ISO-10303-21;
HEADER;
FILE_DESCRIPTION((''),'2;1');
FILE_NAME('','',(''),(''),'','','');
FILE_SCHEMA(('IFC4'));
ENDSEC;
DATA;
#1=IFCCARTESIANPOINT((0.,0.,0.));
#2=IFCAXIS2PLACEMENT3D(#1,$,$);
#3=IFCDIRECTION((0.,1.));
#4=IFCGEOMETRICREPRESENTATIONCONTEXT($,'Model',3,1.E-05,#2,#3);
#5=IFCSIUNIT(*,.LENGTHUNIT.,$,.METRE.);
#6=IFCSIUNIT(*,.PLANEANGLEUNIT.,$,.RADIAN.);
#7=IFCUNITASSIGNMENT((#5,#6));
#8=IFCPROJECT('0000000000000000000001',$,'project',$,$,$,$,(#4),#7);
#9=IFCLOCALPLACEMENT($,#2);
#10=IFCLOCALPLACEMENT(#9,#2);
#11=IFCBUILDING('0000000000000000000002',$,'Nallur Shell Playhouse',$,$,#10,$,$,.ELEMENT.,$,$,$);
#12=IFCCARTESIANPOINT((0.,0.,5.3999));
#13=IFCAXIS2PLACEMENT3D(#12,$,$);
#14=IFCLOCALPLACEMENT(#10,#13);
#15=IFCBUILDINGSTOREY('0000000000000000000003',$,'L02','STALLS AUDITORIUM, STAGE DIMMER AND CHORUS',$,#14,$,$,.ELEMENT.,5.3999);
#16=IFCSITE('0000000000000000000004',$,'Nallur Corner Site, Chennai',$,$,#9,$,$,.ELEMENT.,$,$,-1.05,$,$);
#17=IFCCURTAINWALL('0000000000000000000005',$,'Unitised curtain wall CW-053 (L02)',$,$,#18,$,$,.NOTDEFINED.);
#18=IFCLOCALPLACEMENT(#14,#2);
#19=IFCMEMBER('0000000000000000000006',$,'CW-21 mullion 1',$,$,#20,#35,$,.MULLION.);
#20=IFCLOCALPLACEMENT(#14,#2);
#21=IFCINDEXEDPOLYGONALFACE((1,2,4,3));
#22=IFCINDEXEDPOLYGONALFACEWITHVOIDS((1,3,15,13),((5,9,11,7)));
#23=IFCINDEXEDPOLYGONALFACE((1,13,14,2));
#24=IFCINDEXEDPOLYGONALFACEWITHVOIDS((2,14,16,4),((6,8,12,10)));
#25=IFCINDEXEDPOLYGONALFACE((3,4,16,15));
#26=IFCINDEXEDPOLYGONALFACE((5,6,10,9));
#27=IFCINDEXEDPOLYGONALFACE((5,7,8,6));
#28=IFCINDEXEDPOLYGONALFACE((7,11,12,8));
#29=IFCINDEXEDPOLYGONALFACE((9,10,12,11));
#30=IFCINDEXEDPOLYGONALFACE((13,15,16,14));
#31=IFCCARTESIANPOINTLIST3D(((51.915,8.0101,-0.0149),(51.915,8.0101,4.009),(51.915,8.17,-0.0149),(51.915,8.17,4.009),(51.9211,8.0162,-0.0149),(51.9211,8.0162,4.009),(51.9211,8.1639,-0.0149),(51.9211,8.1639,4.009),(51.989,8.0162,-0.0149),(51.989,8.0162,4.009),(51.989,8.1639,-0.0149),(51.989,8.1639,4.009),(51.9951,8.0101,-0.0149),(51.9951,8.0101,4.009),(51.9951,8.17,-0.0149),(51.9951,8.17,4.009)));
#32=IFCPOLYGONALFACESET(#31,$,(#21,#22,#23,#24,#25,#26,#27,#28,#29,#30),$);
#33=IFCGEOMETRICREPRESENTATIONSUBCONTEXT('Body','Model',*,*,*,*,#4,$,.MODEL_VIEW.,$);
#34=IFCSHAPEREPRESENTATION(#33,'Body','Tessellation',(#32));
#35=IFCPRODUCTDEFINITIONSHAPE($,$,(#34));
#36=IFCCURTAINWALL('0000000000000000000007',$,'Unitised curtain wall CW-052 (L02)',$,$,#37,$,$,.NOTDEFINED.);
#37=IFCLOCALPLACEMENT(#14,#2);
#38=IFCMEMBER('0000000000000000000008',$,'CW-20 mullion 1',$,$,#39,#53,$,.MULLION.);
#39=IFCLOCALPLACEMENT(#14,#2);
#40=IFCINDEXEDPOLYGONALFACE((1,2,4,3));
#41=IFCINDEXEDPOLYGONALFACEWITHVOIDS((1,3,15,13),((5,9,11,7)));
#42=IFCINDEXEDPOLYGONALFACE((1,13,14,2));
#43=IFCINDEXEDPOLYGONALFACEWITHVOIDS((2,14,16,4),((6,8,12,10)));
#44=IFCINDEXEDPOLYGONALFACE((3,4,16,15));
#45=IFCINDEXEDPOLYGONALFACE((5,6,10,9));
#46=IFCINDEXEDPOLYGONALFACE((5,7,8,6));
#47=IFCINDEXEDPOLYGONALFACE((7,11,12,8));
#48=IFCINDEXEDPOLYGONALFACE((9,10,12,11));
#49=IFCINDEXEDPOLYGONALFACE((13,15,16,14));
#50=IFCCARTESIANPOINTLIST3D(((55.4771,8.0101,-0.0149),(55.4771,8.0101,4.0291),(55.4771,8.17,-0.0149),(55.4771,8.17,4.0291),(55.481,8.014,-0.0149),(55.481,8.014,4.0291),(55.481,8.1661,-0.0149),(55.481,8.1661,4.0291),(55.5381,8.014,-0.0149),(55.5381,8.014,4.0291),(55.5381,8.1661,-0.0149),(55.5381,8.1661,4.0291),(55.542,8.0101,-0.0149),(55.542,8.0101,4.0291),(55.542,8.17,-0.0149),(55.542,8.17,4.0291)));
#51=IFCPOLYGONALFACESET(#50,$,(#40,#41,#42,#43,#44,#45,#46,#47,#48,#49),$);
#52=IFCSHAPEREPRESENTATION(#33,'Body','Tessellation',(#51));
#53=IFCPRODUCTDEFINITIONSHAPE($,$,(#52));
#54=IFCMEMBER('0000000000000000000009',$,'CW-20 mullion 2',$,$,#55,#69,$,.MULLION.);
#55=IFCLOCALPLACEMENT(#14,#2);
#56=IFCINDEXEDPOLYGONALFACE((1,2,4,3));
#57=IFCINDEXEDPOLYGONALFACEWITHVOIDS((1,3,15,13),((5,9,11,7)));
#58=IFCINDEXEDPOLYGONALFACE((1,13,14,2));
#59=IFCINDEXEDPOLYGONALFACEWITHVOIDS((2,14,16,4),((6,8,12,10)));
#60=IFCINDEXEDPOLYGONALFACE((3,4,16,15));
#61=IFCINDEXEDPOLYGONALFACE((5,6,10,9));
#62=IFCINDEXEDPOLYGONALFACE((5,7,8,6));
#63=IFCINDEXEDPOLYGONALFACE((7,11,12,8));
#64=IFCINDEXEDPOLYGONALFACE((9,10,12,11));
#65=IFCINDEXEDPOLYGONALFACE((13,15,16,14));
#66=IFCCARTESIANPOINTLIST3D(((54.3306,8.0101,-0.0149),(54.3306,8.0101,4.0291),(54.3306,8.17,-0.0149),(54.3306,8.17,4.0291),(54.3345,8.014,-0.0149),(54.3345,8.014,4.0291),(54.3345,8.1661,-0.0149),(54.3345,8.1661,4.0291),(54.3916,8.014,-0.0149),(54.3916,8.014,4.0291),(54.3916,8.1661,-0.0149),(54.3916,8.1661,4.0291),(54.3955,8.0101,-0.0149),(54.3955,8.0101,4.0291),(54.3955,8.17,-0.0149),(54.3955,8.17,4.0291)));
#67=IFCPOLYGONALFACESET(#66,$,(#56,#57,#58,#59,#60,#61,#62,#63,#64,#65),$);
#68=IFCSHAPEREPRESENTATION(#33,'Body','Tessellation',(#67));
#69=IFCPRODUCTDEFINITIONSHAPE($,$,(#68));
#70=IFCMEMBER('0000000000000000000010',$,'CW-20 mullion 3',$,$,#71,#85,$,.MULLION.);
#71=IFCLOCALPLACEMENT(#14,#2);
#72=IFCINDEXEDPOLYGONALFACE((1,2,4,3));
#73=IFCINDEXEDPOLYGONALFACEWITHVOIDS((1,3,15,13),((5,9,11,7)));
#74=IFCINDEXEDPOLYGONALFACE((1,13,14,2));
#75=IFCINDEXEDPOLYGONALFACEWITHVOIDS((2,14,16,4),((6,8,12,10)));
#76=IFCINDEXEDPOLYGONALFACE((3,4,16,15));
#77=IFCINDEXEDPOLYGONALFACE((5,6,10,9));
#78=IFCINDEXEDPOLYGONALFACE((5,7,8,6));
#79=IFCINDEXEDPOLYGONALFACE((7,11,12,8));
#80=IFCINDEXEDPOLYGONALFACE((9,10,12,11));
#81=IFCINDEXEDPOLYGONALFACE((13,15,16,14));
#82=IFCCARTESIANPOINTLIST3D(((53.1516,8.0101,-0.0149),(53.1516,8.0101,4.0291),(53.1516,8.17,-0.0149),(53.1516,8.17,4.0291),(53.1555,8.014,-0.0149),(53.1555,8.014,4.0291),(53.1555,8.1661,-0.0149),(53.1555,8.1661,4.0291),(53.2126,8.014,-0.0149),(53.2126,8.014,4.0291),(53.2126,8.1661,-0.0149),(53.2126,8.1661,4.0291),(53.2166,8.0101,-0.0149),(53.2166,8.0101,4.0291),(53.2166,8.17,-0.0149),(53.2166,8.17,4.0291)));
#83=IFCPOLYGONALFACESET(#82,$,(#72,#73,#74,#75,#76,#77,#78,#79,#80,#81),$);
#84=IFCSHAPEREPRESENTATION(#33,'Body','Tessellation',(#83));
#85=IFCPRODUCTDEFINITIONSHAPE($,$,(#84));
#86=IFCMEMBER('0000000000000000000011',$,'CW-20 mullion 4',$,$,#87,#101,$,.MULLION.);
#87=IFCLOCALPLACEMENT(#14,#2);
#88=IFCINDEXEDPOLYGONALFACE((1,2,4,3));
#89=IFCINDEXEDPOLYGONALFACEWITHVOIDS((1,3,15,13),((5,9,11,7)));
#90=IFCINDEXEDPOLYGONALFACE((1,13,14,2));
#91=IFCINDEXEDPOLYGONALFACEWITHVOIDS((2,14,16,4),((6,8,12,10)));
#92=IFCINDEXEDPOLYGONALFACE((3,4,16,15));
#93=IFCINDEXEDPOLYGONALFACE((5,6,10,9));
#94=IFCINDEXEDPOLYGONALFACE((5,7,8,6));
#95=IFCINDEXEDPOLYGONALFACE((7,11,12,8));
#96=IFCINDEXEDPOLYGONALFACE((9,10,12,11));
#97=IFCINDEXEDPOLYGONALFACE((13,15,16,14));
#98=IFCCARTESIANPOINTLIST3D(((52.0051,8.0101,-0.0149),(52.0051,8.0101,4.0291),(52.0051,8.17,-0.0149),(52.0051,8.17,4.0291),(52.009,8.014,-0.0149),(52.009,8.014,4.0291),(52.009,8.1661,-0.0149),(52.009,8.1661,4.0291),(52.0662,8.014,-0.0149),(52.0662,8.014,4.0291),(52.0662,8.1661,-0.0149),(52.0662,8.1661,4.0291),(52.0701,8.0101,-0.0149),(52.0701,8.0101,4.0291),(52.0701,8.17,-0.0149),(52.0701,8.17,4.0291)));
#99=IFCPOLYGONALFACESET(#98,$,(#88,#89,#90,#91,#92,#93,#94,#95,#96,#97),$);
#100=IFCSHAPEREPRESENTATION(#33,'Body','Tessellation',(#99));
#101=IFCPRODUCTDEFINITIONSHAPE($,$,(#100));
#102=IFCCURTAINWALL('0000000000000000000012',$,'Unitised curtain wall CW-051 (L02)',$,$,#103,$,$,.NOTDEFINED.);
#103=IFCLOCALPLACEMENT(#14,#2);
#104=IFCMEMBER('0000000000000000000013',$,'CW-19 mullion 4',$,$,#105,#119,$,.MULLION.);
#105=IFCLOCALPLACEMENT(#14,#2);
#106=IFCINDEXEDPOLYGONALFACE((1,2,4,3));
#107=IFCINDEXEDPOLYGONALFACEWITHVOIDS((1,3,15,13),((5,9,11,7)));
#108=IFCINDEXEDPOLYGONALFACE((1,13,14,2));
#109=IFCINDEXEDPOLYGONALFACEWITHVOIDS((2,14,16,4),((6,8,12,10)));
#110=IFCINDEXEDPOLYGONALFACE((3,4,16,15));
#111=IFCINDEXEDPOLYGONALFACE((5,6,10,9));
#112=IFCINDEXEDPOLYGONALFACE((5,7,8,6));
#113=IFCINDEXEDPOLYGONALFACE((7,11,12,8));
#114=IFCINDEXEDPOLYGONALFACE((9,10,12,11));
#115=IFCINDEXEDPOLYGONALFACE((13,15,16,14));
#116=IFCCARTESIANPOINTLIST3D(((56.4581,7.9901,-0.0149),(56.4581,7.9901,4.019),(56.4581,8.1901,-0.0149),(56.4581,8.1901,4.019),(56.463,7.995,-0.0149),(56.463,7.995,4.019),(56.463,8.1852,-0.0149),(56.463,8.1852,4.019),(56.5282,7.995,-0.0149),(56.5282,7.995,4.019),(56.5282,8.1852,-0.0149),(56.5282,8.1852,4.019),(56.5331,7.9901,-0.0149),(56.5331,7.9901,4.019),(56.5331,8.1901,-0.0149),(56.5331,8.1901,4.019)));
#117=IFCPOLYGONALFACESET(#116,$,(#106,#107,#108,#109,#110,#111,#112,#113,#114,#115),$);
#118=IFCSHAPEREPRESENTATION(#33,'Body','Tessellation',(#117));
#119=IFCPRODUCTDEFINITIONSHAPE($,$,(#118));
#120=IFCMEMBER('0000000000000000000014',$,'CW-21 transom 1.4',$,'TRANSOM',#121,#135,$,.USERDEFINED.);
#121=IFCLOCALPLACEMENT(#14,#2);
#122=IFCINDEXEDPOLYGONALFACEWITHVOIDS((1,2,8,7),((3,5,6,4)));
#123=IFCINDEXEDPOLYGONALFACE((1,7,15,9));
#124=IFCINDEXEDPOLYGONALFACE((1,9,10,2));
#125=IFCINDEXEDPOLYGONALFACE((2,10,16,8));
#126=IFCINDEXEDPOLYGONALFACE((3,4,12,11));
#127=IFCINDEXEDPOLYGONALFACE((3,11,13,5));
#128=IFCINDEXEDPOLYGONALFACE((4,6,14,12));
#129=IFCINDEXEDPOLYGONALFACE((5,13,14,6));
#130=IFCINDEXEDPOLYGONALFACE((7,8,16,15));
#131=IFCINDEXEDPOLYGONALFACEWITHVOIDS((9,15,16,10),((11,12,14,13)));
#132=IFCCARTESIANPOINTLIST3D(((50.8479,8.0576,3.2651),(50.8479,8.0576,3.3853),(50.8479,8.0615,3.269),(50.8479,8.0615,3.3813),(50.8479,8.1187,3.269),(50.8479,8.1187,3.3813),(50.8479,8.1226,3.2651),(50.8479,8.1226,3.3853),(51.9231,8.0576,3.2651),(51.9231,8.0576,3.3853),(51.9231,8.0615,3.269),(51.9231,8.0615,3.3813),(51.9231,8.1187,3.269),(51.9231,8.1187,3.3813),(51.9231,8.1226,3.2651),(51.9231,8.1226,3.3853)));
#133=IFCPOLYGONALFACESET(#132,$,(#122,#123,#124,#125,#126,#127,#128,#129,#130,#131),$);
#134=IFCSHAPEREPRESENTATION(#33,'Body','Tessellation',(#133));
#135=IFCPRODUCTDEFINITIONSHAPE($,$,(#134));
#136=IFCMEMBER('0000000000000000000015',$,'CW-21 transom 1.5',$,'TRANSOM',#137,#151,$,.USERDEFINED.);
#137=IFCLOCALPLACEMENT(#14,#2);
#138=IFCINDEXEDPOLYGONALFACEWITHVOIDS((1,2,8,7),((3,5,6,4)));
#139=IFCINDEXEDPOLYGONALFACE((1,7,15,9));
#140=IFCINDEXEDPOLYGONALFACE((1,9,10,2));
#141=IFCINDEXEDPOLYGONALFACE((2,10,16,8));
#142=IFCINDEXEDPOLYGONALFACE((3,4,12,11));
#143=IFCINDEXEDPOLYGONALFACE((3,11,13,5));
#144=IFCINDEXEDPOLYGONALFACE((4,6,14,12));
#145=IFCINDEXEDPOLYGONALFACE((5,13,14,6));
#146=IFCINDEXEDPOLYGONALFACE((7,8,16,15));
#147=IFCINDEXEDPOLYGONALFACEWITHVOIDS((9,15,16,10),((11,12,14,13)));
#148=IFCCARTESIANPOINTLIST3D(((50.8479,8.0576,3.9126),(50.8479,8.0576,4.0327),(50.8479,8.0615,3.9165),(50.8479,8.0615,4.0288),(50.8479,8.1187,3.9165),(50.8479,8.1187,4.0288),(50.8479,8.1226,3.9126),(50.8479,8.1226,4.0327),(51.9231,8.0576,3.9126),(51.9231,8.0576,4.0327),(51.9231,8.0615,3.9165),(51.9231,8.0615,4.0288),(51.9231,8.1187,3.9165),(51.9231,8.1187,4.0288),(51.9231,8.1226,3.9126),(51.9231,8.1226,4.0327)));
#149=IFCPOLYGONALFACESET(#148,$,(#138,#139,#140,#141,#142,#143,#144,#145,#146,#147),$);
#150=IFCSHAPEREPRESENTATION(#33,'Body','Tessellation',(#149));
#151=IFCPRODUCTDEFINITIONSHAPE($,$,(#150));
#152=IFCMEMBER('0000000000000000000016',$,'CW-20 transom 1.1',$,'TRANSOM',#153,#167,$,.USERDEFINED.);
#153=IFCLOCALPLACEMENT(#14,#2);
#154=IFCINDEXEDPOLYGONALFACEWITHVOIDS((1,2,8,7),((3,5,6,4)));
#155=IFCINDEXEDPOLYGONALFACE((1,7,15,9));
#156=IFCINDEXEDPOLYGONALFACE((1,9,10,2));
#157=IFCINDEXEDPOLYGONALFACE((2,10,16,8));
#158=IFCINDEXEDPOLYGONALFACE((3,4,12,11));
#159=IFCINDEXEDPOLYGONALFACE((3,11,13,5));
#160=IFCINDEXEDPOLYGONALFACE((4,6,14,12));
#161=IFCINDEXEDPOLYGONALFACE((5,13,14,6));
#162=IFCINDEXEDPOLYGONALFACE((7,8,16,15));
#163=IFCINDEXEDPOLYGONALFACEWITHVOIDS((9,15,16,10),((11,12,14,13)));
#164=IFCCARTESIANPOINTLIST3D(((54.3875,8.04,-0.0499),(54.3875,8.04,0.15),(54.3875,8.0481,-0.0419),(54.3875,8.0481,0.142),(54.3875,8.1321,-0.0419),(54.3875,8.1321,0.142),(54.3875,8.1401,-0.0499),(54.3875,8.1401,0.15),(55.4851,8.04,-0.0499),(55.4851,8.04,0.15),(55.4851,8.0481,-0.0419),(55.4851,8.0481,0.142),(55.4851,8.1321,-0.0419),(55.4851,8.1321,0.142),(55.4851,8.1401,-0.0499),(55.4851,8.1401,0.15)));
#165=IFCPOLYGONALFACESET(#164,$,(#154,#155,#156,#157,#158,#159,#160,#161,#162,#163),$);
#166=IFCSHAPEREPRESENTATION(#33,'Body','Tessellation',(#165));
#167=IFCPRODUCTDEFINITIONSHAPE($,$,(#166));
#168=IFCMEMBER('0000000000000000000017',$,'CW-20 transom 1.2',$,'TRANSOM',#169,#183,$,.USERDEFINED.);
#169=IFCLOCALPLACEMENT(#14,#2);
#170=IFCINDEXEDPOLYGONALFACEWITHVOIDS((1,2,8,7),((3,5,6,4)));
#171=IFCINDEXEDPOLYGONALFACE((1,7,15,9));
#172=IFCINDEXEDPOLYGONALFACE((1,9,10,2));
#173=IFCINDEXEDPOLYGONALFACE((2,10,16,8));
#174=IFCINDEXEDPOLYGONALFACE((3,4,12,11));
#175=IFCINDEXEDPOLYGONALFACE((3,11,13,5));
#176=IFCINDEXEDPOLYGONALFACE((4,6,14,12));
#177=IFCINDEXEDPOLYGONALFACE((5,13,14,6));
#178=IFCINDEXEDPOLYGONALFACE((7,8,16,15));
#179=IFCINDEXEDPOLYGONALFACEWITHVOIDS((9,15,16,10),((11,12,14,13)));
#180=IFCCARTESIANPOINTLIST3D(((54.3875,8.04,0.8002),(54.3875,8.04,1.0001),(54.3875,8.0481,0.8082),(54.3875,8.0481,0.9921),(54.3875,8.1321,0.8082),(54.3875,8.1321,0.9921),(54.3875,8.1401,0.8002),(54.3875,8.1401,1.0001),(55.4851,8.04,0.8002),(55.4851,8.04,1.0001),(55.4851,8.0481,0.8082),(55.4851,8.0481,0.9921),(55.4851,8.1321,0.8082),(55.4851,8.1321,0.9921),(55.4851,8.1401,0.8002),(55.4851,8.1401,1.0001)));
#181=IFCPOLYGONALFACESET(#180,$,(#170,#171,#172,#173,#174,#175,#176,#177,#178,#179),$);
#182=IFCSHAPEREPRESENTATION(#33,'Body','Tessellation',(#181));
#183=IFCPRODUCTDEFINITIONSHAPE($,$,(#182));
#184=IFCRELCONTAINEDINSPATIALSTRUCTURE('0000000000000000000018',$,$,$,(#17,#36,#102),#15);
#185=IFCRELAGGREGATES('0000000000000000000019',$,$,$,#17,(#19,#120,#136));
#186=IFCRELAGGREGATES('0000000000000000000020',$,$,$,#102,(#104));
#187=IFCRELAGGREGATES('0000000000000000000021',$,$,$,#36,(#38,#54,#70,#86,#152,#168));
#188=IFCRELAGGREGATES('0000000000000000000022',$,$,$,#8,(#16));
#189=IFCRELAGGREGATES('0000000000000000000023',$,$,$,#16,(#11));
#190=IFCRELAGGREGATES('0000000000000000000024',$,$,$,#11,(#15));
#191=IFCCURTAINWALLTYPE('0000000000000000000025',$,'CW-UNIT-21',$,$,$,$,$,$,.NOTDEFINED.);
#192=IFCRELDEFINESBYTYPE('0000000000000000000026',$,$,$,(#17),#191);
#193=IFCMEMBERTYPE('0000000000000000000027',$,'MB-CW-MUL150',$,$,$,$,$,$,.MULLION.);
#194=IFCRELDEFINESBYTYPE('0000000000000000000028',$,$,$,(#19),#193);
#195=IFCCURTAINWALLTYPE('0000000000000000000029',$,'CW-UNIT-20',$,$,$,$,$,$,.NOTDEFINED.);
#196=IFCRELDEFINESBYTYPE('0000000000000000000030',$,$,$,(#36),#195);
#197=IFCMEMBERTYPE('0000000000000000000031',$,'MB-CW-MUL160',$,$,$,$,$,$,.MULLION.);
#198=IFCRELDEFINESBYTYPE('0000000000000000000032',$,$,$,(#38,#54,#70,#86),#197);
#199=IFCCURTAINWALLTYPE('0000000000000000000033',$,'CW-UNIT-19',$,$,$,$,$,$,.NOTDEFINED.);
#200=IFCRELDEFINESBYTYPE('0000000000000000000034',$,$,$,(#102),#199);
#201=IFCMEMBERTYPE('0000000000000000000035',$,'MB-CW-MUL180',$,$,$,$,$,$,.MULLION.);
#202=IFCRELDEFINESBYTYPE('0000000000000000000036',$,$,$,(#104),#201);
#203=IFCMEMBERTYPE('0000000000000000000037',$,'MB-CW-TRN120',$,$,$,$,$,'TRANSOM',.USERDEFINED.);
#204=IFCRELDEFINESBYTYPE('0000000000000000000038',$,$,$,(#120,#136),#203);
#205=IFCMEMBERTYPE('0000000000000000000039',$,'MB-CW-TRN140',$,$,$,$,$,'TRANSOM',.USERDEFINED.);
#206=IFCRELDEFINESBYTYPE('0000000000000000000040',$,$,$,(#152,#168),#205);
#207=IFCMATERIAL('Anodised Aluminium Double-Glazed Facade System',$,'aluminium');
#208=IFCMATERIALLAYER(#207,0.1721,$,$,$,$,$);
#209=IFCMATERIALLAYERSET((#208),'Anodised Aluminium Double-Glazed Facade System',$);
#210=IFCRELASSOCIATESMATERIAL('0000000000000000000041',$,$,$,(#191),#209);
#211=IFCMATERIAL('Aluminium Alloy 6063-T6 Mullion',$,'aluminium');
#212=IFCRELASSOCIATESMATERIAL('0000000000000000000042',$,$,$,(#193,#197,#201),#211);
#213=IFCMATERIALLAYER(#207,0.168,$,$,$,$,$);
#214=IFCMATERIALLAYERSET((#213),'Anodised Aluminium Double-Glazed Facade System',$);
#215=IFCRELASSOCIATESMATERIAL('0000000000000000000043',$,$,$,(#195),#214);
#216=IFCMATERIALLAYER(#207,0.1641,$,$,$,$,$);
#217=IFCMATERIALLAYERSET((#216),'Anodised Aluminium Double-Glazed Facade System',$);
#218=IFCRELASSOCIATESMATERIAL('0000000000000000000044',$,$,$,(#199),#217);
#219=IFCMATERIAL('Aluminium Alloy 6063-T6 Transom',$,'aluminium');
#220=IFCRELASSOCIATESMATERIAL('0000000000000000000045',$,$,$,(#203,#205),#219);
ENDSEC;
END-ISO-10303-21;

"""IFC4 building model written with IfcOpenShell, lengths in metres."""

from ifc_helpers import new_model, si_unit, direction, frame, origin, origin_2d, place, context, subcontext, project, spatial, hollow_rectangle, extrude, material, layer, layer_set, material_profile, profile_set, type_object, element, aggregate, save


model = new_model("IFC4")

# Units and contexts
model_context = context("Model", 3, precision=1e-05, world=origin(), true_north=direction((0.0, 1.0)))
body_context = subcontext(model_context, "Body", "Model", "MODEL_VIEW")
ifc_project = project(units=[si_unit("LENGTHUNIT", "METRE"), si_unit("PLANEANGLEUNIT", "RADIAN")], contexts=[model_context])

# Site, building, storey
site_placement = place(None, origin())
site = spatial("IfcSite", under=ifc_project, at=site_placement, Name="Nallur Corner Site, Chennai", CompositionType="ELEMENT", RefElevation=-1.05)
building_placement = place(site_placement, origin())
building = spatial("IfcBuilding", under=site, at=building_placement, Name="Nallur Shell Playhouse", CompositionType="ELEMENT")
storey_placement = place(building_placement, frame((0.0, 0.0, 5.3999)))
storey = spatial("IfcBuildingStorey", under=building, at=storey_placement, Name="L02", Description="STALLS AUDITORIUM, STAGE DIMMER AND CHORUS", CompositionType="ELEMENT", Elevation=5.3999)

# Curtain wall, member
ifc_material_1 = material(Name="Anodised Aluminium Double-Glazed Facade System", Category="aluminium")
ifc_layer_1 = layer(ifc_material_1, 0.1721)
ifc_layer_set_1 = layer_set([ifc_layer_1], Name="Anodised Aluminium Double-Glazed Facade System")
curtain_wall_type_1 = type_object("IfcCurtainWallType", Name="CW-UNIT-21", PredefinedType="NOTDEFINED", material=ifc_layer_set_1)
curtain_wall_1_placement = place(storey_placement, origin())
curtain_wall_1 = element("IfcCurtainWall", 1, at=curtain_wall_1_placement, inside=storey, type_object=curtain_wall_type_1, Name="Unitised curtain wall CW-053 (L02)", PredefinedType="NOTDEFINED")
ifc_material_2 = material(Name="Aluminium Alloy 6063-T6 Mullion", Category="aluminium")
ifc_material_profile_1 = material_profile(ifc_material_2, hollow_rectangle(XDim=0.0801, YDim=0.1599, WallThickness=0.0061, at=origin_2d()), Name="RHS 160x80x6")
ifc_profile_set_1 = profile_set([ifc_material_profile_1], Name="Aluminium Alloy 6063-T6 Mullion")
member_type_1 = type_object("IfcMemberType", Name="MB-CW-MUL150", PredefinedType="MULLION", material=ifc_profile_set_1)
member_1_placement = place(storey_placement, frame((51.9551, 8.0901, -0.0149), z_axis=(0.0, 0.0, 1.0), x_axis=(-1.0, 0.0, 0.0)))
member_1 = element("IfcMember", 2, at=member_1_placement, type_object=member_type_1, Name="CW-21 mullion 1", PredefinedType="MULLION", context=body_context, shape_type="SweptSolid", body=[
    extrude(hollow_rectangle(XDim=0.0801, YDim=0.1599, WallThickness=0.0061, at=origin_2d()), origin(), (0.0, 0.0, 1.0), 4.0239),
])

# Curtain wall, members
ifc_layer_2 = layer(ifc_material_1, 0.168)
ifc_layer_set_2 = layer_set([ifc_layer_2], Name="Anodised Aluminium Double-Glazed Facade System")
curtain_wall_type_2 = type_object("IfcCurtainWallType", Name="CW-UNIT-20", PredefinedType="NOTDEFINED", material=ifc_layer_set_2)
curtain_wall_2_placement = place(storey_placement, origin())
curtain_wall_2 = element("IfcCurtainWall", 3, at=curtain_wall_2_placement, inside=storey, type_object=curtain_wall_type_2, Name="Unitised curtain wall CW-052 (L02)", PredefinedType="NOTDEFINED")
ifc_material_profile_2 = material_profile(ifc_material_2, hollow_rectangle(XDim=0.0649, YDim=0.1599, WallThickness=0.0039, at=origin_2d()), Name="ALU 65x160x4")
ifc_profile_set_2 = profile_set([ifc_material_profile_2], Name="Aluminium Alloy 6063-T6 Mullion")
member_type_2 = type_object("IfcMemberType", Name="MB-CW-MUL160", PredefinedType="MULLION", material=ifc_profile_set_2)
member_2_placement = place(storey_placement, frame((55.5095, 8.0901, -0.0149), z_axis=(0.0, 0.0, 1.0), x_axis=(-1.0, 0.0, 0.0)))
member_2 = element("IfcMember", 4, at=member_2_placement, type_object=member_type_2, Name="CW-20 mullion 1", PredefinedType="MULLION", context=body_context, shape_type="SweptSolid", body=[
    extrude(hollow_rectangle(XDim=0.0649, YDim=0.1599, WallThickness=0.0039, at=origin_2d()), origin(), (0.0, 0.0, 1.0), 4.0439),
])
member_3_placement = place(storey_placement, frame((54.363, 8.0901, -0.0149), z_axis=(0.0, 0.0, 1.0), x_axis=(-1.0, 0.0, 0.0)))
member_3 = element("IfcMember", 5, at=member_3_placement, type_object=member_type_2, Name="CW-20 mullion 2", PredefinedType="MULLION", context=body_context, shape_type="SweptSolid", body=[
    extrude(hollow_rectangle(XDim=0.0649, YDim=0.1599, WallThickness=0.0039, at=origin_2d()), origin(), (0.0, 0.0, 1.0), 4.0439),
])
member_4_placement = place(storey_placement, frame((53.1841, 8.0901, -0.0149), z_axis=(0.0, 0.0, 1.0), x_axis=(-1.0, 0.0, 0.0)))
member_4 = element("IfcMember", 6, at=member_4_placement, type_object=member_type_2, Name="CW-20 mullion 3", PredefinedType="MULLION", context=body_context, shape_type="SweptSolid", body=[
    extrude(hollow_rectangle(XDim=0.0649, YDim=0.1599, WallThickness=0.0039, at=origin_2d()), origin(), (0.0, 0.0, 1.0), 4.0439),
])
member_5_placement = place(storey_placement, frame((52.0376, 8.0901, -0.0149), z_axis=(0.0, 0.0, 1.0), x_axis=(-1.0, 0.0, 0.0)))
member_5 = element("IfcMember", 7, at=member_5_placement, type_object=member_type_2, Name="CW-20 mullion 4", PredefinedType="MULLION", context=body_context, shape_type="SweptSolid", body=[
    extrude(hollow_rectangle(XDim=0.0649, YDim=0.1599, WallThickness=0.0039, at=origin_2d()), origin(), (0.0, 0.0, 1.0), 4.0439),
])

# Curtain wall, member
ifc_layer_3 = layer(ifc_material_1, 0.1641)
ifc_layer_set_3 = layer_set([ifc_layer_3], Name="Anodised Aluminium Double-Glazed Facade System")
curtain_wall_type_3 = type_object("IfcCurtainWallType", Name="CW-UNIT-19", PredefinedType="NOTDEFINED", material=ifc_layer_set_3)
curtain_wall_3_placement = place(storey_placement, origin())
curtain_wall_3 = element("IfcCurtainWall", 8, at=curtain_wall_3_placement, inside=storey, type_object=curtain_wall_type_3, Name="Unitised curtain wall CW-051 (L02)", PredefinedType="NOTDEFINED")
ifc_material_profile_3 = material_profile(ifc_material_2, hollow_rectangle(XDim=0.075, YDim=0.2, WallThickness=0.0049, at=origin_2d()), Name="ALU 75x200x5")
ifc_profile_set_3 = profile_set([ifc_material_profile_3], Name="Aluminium Alloy 6063-T6 Mullion")
member_type_3 = type_object("IfcMemberType", Name="MB-CW-MUL180", PredefinedType="MULLION", material=ifc_profile_set_3)
member_6_placement = place(storey_placement, frame((56.4956, 8.0901, -0.0149), z_axis=(0.0, 0.0, 1.0), x_axis=(-1.0, 0.0, 0.0)))
member_6 = element("IfcMember", 9, at=member_6_placement, type_object=member_type_3, Name="CW-19 mullion 4", PredefinedType="MULLION", context=body_context, shape_type="SweptSolid", body=[
    extrude(hollow_rectangle(XDim=0.075, YDim=0.2, WallThickness=0.0049, at=origin_2d()), origin(), (0.0, 0.0, 1.0), 4.0339),
])

# Members
ifc_material_3 = material(Name="Aluminium Alloy 6063-T6 Transom", Category="aluminium")
ifc_material_profile_4 = material_profile(ifc_material_3, hollow_rectangle(XDim=0.0649, YDim=0.1201, WallThickness=0.0039, at=origin_2d()), Name="ALU 65x120x4")
ifc_profile_set_4 = profile_set([ifc_material_profile_4], Name="Aluminium Alloy 6063-T6 Transom")
member_type_4 = type_object("IfcMemberType", Name="MB-CW-TRN120", ElementType="TRANSOM", PredefinedType="USERDEFINED", material=ifc_profile_set_4)
member_7_placement = place(storey_placement, frame((51.9231, 8.0901, 3.3252), z_axis=(-1.0, 0.0, 0.0), x_axis=(0.0, -1.0, 0.0)))
member_7 = element("IfcMember", 10, at=member_7_placement, type_object=member_type_4, Name="CW-21 transom 1.4", ObjectType="TRANSOM", PredefinedType="USERDEFINED", context=body_context, shape_type="SweptSolid", body=[
    extrude(hollow_rectangle(XDim=0.0649, YDim=0.1201, WallThickness=0.0039, at=origin_2d()), origin(), (0.0, 0.0, 1.0), 1.0752),
])
member_8_placement = place(storey_placement, frame((51.9231, 8.0901, 3.9727), z_axis=(-1.0, 0.0, 0.0), x_axis=(0.0, -1.0, 0.0)))
member_8 = element("IfcMember", 11, at=member_8_placement, type_object=member_type_4, Name="CW-21 transom 1.5", ObjectType="TRANSOM", PredefinedType="USERDEFINED", context=body_context, shape_type="SweptSolid", body=[
    extrude(hollow_rectangle(XDim=0.0649, YDim=0.1201, WallThickness=0.0039, at=origin_2d()), origin(), (0.0, 0.0, 1.0), 1.0752),
])
aggregate(curtain_wall_1, [member_1, member_7, member_8])
ifc_material_profile_5 = material_profile(ifc_material_3, hollow_rectangle(XDim=0.1001, YDim=0.2, WallThickness=0.0081, at=origin_2d()), Name="RHS 200x100x8")
ifc_profile_set_5 = profile_set([ifc_material_profile_5], Name="Aluminium Alloy 6063-T6 Transom")
member_type_5 = type_object("IfcMemberType", Name="MB-CW-TRN140", ElementType="TRANSOM", PredefinedType="USERDEFINED", material=ifc_profile_set_5)
member_9_placement = place(storey_placement, frame((55.4851, 8.0901, 0.05), z_axis=(-1.0, 0.0, 0.0), x_axis=(0.0, -1.0, 0.0)))
member_9 = element("IfcMember", 12, at=member_9_placement, type_object=member_type_5, Name="CW-20 transom 1.1", ObjectType="TRANSOM", PredefinedType="USERDEFINED", context=body_context, shape_type="SweptSolid", body=[
    extrude(hollow_rectangle(XDim=0.1001, YDim=0.2, WallThickness=0.0081, at=origin_2d()), origin(), (0.0, 0.0, 1.0), 1.0977),
])
member_10_placement = place(storey_placement, frame((55.4851, 8.0901, 0.9001), z_axis=(-1.0, 0.0, 0.0), x_axis=(0.0, -1.0, 0.0)))
member_10 = element("IfcMember", 13, at=member_10_placement, type_object=member_type_5, Name="CW-20 transom 1.2", ObjectType="TRANSOM", PredefinedType="USERDEFINED", context=body_context, shape_type="SweptSolid", body=[
    extrude(hollow_rectangle(XDim=0.1001, YDim=0.2, WallThickness=0.0081, at=origin_2d()), origin(), (0.0, 0.0, 1.0), 1.0977),
])

aggregate(curtain_wall_3, [member_6])
aggregate(curtain_wall_2, [member_2, member_3, member_4, member_5, member_9, member_10])

save(model, "model.ifc")
